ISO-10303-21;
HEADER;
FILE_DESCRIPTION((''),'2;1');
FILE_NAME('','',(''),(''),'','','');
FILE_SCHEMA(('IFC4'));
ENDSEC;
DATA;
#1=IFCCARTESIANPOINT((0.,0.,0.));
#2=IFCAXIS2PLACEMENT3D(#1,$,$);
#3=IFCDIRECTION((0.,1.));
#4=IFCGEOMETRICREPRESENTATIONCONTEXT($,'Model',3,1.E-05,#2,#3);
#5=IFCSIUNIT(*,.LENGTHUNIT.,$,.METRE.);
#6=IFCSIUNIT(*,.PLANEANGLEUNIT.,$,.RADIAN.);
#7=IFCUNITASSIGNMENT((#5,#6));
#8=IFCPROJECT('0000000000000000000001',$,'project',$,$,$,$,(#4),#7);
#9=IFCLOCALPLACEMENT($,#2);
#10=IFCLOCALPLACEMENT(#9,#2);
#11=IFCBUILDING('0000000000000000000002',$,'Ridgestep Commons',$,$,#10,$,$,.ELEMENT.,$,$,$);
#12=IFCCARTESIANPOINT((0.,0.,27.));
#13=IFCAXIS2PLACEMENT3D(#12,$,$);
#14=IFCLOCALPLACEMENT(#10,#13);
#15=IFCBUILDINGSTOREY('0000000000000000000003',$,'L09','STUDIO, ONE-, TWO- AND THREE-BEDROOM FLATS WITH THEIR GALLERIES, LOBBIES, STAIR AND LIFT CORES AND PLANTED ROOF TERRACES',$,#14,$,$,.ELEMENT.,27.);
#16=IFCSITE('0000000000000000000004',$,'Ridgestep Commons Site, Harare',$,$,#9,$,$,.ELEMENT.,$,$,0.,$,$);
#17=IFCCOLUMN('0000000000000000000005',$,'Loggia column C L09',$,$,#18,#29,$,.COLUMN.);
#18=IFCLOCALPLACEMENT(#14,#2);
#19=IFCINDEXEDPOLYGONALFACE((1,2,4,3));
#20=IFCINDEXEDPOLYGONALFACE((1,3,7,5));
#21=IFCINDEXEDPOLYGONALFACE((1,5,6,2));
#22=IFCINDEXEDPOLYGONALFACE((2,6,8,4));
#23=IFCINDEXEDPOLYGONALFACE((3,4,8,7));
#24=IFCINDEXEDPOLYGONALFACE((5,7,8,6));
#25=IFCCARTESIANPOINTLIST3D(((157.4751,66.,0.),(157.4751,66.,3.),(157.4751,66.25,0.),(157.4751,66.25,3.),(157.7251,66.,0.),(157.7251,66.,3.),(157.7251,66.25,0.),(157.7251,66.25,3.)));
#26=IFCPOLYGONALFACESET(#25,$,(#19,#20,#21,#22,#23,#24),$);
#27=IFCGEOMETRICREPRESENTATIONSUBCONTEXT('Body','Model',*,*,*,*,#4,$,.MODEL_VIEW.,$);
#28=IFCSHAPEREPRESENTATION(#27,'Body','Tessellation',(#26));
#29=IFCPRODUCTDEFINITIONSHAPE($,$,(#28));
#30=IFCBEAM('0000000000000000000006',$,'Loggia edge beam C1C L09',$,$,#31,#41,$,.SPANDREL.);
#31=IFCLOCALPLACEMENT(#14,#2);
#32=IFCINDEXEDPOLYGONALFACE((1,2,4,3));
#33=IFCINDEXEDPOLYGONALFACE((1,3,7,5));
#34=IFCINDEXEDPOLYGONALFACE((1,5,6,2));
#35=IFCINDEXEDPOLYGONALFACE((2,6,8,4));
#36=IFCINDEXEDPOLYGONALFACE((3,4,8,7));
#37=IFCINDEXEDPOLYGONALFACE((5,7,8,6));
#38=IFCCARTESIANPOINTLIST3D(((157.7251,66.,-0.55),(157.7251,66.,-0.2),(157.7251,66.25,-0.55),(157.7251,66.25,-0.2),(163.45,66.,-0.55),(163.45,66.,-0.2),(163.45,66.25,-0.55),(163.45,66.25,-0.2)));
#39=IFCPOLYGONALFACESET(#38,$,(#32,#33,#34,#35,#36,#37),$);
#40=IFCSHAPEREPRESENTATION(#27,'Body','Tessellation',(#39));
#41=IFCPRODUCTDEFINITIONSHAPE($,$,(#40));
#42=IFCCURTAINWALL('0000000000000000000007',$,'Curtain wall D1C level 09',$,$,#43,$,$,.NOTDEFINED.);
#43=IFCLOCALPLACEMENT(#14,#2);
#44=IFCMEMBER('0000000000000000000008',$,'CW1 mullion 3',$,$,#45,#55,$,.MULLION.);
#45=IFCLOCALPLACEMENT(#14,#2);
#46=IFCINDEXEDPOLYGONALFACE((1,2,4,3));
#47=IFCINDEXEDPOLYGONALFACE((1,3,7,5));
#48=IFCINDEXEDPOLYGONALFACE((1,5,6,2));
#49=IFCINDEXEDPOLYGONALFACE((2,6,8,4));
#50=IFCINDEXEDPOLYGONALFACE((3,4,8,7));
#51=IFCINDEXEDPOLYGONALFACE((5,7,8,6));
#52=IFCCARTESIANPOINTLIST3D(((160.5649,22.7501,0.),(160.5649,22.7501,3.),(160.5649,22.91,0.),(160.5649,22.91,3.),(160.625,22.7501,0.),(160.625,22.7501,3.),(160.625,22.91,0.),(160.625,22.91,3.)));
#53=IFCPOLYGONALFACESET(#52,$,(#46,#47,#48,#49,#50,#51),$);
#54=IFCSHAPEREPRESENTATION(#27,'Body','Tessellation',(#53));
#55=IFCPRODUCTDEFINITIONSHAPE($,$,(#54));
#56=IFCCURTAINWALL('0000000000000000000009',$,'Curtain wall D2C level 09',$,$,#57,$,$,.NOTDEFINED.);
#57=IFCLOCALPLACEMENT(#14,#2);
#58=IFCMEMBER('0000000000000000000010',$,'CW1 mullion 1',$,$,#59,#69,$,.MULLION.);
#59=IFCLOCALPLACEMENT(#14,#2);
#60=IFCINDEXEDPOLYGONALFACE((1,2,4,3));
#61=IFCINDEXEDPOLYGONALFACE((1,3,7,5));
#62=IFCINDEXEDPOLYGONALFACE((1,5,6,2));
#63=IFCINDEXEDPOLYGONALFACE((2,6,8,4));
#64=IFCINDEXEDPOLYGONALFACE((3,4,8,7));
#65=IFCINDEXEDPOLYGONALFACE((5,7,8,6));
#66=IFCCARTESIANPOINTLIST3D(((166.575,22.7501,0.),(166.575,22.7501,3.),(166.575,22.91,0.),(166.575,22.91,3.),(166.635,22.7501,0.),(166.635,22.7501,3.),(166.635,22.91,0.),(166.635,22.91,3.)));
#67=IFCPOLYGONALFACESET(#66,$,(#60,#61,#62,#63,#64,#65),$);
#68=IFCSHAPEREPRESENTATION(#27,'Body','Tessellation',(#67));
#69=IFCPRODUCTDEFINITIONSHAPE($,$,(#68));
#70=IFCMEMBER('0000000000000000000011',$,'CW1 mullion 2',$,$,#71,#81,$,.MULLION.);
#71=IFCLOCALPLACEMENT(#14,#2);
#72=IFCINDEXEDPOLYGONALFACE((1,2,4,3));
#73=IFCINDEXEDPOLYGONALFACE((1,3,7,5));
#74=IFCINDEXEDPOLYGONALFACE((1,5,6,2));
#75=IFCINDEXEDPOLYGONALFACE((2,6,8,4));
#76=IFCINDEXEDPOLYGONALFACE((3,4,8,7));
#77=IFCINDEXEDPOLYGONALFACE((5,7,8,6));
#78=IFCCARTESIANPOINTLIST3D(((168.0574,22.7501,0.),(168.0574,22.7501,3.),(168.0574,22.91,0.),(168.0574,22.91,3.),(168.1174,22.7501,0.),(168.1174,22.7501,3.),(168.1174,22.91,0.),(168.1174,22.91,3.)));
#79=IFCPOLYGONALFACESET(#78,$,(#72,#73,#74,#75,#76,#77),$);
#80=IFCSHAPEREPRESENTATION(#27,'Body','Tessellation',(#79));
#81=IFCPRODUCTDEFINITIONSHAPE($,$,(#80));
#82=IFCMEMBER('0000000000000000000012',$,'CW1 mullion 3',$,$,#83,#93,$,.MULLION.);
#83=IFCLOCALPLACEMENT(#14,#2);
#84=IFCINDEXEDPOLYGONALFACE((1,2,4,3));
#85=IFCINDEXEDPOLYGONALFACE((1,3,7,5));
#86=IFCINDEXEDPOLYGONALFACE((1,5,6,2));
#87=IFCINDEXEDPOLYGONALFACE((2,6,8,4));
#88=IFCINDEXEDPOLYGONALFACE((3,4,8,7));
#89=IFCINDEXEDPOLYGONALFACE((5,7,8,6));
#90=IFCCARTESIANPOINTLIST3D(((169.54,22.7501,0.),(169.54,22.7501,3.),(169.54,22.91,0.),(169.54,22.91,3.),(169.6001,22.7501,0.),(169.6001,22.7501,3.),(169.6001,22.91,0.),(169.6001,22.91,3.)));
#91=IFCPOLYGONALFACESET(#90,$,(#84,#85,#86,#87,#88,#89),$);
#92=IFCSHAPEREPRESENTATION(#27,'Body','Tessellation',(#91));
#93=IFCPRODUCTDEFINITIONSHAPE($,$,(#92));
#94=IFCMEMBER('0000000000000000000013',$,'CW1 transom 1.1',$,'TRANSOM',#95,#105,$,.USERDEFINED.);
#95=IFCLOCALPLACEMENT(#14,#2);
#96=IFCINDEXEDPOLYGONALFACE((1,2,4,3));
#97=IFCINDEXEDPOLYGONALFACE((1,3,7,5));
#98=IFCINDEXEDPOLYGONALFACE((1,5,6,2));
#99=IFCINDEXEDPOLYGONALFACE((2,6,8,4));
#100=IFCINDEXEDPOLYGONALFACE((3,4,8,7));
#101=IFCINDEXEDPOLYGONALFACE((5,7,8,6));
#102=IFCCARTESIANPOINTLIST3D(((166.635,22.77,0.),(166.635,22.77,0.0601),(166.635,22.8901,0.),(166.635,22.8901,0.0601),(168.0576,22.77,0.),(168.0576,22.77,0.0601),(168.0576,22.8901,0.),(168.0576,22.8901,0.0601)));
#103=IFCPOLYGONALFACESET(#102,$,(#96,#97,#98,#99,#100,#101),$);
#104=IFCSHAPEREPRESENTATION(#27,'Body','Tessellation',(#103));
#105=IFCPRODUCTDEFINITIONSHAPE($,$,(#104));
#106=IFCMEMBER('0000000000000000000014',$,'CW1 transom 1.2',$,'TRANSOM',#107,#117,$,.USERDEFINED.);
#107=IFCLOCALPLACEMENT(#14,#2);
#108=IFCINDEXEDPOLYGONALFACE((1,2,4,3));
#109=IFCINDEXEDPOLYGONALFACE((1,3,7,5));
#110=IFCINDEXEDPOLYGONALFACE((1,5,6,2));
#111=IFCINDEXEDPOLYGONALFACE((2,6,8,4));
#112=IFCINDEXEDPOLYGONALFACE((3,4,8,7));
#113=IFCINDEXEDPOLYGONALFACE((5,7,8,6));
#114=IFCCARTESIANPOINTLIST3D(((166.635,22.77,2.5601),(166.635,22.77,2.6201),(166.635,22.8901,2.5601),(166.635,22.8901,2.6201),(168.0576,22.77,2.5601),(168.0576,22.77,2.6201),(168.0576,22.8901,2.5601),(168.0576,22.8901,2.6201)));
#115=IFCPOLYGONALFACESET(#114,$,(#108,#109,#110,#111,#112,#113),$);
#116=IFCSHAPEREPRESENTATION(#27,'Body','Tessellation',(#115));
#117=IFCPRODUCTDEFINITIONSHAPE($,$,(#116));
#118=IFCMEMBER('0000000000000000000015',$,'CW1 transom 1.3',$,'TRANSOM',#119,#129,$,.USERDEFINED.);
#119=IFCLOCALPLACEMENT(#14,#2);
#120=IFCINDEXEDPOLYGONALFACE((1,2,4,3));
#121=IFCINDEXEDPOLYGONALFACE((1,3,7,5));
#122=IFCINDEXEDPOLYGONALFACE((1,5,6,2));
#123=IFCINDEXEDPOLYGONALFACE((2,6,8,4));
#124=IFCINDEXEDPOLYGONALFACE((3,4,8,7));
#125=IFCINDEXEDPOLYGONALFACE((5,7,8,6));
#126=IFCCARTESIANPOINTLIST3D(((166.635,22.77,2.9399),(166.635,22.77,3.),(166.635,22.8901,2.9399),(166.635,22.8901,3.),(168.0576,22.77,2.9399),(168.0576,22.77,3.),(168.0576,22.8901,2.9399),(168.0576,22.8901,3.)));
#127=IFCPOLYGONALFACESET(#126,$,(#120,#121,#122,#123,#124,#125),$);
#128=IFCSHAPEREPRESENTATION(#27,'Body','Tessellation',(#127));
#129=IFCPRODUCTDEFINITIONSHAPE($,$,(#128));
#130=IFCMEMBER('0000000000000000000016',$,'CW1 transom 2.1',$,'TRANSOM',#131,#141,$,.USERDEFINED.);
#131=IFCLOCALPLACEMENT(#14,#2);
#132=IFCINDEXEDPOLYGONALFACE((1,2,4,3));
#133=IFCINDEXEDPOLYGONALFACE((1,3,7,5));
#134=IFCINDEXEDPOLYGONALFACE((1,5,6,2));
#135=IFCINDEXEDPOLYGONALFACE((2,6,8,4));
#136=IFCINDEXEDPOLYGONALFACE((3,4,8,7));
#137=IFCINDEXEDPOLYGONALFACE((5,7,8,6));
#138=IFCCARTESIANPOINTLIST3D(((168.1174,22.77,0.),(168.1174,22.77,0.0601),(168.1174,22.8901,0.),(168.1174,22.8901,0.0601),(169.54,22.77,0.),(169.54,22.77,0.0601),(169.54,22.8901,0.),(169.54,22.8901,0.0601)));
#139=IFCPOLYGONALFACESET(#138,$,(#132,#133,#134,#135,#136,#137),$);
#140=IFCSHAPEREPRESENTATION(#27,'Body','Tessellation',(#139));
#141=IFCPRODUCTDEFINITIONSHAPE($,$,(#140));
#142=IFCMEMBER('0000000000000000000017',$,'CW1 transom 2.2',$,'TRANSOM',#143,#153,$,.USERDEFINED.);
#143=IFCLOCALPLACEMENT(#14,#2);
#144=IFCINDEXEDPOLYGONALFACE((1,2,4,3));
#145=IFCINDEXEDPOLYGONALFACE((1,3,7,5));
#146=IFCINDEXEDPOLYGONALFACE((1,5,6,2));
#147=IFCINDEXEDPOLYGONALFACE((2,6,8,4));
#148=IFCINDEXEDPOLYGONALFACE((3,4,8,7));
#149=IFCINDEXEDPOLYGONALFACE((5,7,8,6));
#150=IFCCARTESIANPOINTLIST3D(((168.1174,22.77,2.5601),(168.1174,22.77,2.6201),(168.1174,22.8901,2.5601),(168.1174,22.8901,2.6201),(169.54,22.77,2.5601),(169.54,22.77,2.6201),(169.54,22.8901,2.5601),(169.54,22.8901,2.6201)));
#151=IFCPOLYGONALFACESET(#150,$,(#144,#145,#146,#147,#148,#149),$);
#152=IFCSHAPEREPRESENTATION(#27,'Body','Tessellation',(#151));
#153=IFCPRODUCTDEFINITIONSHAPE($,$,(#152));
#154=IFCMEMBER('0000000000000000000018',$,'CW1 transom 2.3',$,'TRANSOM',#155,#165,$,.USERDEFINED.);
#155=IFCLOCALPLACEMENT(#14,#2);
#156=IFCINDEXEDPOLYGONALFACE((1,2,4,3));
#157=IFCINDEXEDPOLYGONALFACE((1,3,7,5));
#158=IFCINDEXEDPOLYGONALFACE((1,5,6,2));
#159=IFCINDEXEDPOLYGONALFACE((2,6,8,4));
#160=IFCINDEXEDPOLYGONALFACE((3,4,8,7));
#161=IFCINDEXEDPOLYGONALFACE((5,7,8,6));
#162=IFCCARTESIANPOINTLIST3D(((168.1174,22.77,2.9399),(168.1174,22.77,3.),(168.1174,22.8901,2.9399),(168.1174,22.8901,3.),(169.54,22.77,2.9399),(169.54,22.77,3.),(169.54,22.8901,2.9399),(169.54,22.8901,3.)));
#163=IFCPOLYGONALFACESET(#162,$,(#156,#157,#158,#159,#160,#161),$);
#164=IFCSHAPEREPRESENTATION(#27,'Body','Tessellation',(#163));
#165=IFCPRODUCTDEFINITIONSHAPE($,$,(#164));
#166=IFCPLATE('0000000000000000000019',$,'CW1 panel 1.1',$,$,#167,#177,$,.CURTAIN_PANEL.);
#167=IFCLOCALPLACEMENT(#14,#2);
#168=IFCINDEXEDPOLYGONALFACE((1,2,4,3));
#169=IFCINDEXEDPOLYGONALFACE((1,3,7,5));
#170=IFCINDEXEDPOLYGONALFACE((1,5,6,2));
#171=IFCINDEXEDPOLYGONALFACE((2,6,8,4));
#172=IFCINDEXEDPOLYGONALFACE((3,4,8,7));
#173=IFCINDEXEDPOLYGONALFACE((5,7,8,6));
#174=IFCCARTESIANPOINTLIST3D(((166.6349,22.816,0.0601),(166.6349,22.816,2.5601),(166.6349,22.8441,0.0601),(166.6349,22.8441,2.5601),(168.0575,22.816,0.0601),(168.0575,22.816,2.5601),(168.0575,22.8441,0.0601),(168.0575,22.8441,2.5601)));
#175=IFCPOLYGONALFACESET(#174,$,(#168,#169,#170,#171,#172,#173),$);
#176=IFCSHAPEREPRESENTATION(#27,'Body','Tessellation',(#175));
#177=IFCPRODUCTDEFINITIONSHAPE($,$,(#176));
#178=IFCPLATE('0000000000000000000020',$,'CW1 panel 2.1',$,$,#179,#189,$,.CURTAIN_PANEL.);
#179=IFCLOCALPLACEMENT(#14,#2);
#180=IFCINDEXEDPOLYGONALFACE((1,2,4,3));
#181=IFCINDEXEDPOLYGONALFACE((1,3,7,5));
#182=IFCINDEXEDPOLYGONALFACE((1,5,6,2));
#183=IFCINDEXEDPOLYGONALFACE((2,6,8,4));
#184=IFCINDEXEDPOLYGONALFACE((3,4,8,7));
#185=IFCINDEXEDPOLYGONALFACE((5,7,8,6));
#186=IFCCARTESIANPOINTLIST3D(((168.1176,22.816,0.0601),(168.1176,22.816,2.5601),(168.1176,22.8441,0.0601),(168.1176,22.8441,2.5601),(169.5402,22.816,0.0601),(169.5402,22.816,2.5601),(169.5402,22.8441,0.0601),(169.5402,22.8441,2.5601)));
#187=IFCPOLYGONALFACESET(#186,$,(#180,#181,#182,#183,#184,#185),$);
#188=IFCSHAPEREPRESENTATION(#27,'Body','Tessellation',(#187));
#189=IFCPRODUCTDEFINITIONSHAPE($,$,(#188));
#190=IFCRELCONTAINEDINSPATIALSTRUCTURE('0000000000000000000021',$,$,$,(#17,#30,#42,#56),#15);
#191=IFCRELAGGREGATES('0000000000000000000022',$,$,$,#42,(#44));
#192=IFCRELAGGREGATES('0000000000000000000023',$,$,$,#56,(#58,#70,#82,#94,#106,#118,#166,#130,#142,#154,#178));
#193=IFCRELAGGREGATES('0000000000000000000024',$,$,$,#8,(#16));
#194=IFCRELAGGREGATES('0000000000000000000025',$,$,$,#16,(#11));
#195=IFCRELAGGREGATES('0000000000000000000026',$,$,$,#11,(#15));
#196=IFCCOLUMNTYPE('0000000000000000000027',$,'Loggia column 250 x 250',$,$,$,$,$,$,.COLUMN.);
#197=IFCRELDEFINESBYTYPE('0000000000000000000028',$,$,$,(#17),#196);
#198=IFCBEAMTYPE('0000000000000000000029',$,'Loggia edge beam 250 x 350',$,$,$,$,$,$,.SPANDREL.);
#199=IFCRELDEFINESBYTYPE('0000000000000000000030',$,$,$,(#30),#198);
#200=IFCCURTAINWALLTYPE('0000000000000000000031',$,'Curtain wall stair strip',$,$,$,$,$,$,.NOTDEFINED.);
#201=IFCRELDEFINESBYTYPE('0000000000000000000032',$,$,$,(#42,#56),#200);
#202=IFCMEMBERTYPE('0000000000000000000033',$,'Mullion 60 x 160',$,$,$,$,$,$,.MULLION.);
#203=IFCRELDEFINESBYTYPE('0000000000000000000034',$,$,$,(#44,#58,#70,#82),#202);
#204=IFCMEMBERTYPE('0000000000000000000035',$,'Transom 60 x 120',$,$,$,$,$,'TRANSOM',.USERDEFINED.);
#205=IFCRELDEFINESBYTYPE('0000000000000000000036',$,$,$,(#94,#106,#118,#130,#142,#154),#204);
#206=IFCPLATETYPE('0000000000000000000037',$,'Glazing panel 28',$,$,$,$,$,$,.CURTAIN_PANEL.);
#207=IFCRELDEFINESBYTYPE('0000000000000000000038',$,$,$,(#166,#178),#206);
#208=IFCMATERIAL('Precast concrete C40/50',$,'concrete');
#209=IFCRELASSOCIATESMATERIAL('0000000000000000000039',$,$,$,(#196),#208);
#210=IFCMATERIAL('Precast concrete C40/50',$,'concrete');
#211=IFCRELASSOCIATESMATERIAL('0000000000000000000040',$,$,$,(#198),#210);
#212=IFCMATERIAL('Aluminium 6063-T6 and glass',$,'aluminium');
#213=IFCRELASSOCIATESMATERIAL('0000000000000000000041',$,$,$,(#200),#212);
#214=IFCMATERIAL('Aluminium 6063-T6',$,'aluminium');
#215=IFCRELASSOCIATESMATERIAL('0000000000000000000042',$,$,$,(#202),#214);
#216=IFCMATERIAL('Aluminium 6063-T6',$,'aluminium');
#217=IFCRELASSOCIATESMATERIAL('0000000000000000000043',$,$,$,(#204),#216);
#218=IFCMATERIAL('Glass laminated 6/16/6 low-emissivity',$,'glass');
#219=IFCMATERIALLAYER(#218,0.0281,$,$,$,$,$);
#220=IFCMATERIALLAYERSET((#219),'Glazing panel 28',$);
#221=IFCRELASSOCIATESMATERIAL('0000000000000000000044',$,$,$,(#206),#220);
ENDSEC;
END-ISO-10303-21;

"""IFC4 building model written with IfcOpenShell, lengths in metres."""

from ifc_helpers import new_model, si_unit, direction, frame, origin, origin_2d, place, context, subcontext, project, spatial, rectangle, extrude, material, layer, layer_set, material_profile, profile_set, type_object, element, aggregate, save


model = new_model("IFC4")

# Units and contexts
model_context = context("Model", 3, precision=1e-05, world=origin(), true_north=direction((0.0, 1.0)))
body_context = subcontext(model_context, "Body", "Model", "MODEL_VIEW")
ifc_project = project(units=[si_unit("LENGTHUNIT", "METRE"), si_unit("PLANEANGLEUNIT", "RADIAN")], contexts=[model_context])

# Site, building, storey
site_placement = place(None, origin())
site = spatial("IfcSite", under=ifc_project, at=site_placement, Name="Ridgestep Commons Site, Harare", CompositionType="ELEMENT", RefElevation=0.0)
building_placement = place(site_placement, origin())
building = spatial("IfcBuilding", under=site, at=building_placement, Name="Ridgestep Commons", CompositionType="ELEMENT")
storey_placement = place(building_placement, frame((0.0, 0.0, 27.0)))
storey = spatial("IfcBuildingStorey", under=building, at=storey_placement, Name="L09", Description="STUDIO, ONE-, TWO- AND THREE-BEDROOM FLATS WITH THEIR GALLERIES, LOBBIES, STAIR AND LIFT CORES AND PLANTED ROOF TERRACES", CompositionType="ELEMENT", Elevation=27.0)

# Column
ifc_material_1 = material(Name="Precast concrete C40/50", Category="concrete")
ifc_material_profile_1 = material_profile(ifc_material_1, rectangle(XDim=0.25, YDim=0.25, at=origin_2d()), Name="PC 250x250")
ifc_profile_set_1 = profile_set([ifc_material_profile_1], Name="Precast concrete C40/50")
column_type = type_object("IfcColumnType", Name="Loggia column 250 x 250", PredefinedType="COLUMN", material=ifc_profile_set_1)
column_placement = place(storey_placement, frame((157.6001, 66.125, 0.0), z_axis=(0.0, 0.0, 1.0), x_axis=(1.0, 0.0, 0.0)))
element("IfcColumn", 1, at=column_placement, inside=storey, type_object=column_type, Name="Loggia column C L09", PredefinedType="COLUMN", context=body_context, shape_type="SweptSolid", body=[
    extrude(rectangle(XDim=0.25, YDim=0.25, at=origin_2d()), origin(), (0.0, 0.0, 1.0), 3.0),
])

# Beam
ifc_material_2 = material(Name="Precast concrete C40/50", Category="concrete")
ifc_material_profile_2 = material_profile(ifc_material_2, rectangle(XDim=0.25, YDim=0.3501, at=origin_2d()), Name="PC 250x350")
ifc_profile_set_2 = profile_set([ifc_material_profile_2], Name="Precast concrete C40/50")
beam_type = type_object("IfcBeamType", Name="Loggia edge beam 250 x 350", PredefinedType="SPANDREL", material=ifc_profile_set_2)
beam_placement = place(storey_placement, frame((157.7251, 66.125, -0.375), z_axis=(1.0, 0.0, 0.0), x_axis=(0.0, 1.0, 0.0)))
element("IfcBeam", 2, at=beam_placement, inside=storey, type_object=beam_type, Name="Loggia edge beam C1C L09", PredefinedType="SPANDREL", context=body_context, shape_type="SweptSolid", body=[
    extrude(rectangle(XDim=0.25, YDim=0.3501, at=origin_2d()), origin(), (0.0, 0.0, 1.0), 5.7249),
])

# Curtain wall, member
ifc_material_3 = material(Name="Aluminium 6063-T6 and glass", Category="aluminium")
curtain_wall_type = type_object("IfcCurtainWallType", Name="Curtain wall stair strip", PredefinedType="NOTDEFINED", material=ifc_material_3)
curtain_wall_1_placement = place(storey_placement, origin())
curtain_wall_1 = element("IfcCurtainWall", 3, at=curtain_wall_1_placement, inside=storey, type_object=curtain_wall_type, Name="Curtain wall D1C level 09", PredefinedType="NOTDEFINED")
ifc_material_4 = material(Name="Aluminium 6063-T6", Category="aluminium")
ifc_material_profile_3 = material_profile(ifc_material_4, rectangle(XDim=0.1599, YDim=0.0601, at=origin_2d()), Name="Mullion 60 x 160")
ifc_profile_set_3 = profile_set([ifc_material_profile_3], Name="Aluminium 6063-T6")
member_type_1 = type_object("IfcMemberType", Name="Mullion 60 x 160", PredefinedType="MULLION", material=ifc_profile_set_3)
member_1_placement = place(storey_placement, frame((160.595, 22.8301, 0.0), z_axis=(0.0, 0.0, 1.0), x_axis=(0.0, 1.0, 0.0)))
member_1 = element("IfcMember", 4, at=member_1_placement, type_object=member_type_1, Name="CW1 mullion 3", PredefinedType="MULLION", context=body_context, shape_type="SweptSolid", body=[
    extrude(rectangle(XDim=0.1599, YDim=0.0601, at=origin_2d()), origin(), (0.0, 0.0, 1.0), 3.0),
])

# Curtain wall, members, plates
curtain_wall_2_placement = place(storey_placement, origin())
curtain_wall_2 = element("IfcCurtainWall", 5, at=curtain_wall_2_placement, inside=storey, type_object=curtain_wall_type, Name="Curtain wall D2C level 09", PredefinedType="NOTDEFINED")
member_2_placement = place(storey_placement, frame((166.605, 22.8301, 0.0), z_axis=(0.0, 0.0, 1.0), x_axis=(0.0, 1.0, 0.0)))
member_2 = element("IfcMember", 6, at=member_2_placement, type_object=member_type_1, Name="CW1 mullion 1", PredefinedType="MULLION", context=body_context, shape_type="SweptSolid", body=[
    extrude(rectangle(XDim=0.1599, YDim=0.0601, at=origin_2d()), origin(), (0.0, 0.0, 1.0), 3.0),
])
member_3_placement = place(storey_placement, frame((168.0874, 22.8301, 0.0), z_axis=(0.0, 0.0, 1.0), x_axis=(0.0, 1.0, 0.0)))
member_3 = element("IfcMember", 7, at=member_3_placement, type_object=member_type_1, Name="CW1 mullion 2", PredefinedType="MULLION", context=body_context, shape_type="SweptSolid", body=[
    extrude(rectangle(XDim=0.1599, YDim=0.0601, at=origin_2d()), origin(), (0.0, 0.0, 1.0), 3.0),
])
member_4_placement = place(storey_placement, frame((169.5701, 22.8301, 0.0), z_axis=(0.0, 0.0, 1.0), x_axis=(0.0, 1.0, 0.0)))
member_4 = element("IfcMember", 8, at=member_4_placement, type_object=member_type_1, Name="CW1 mullion 3", PredefinedType="MULLION", context=body_context, shape_type="SweptSolid", body=[
    extrude(rectangle(XDim=0.1599, YDim=0.0601, at=origin_2d()), origin(), (0.0, 0.0, 1.0), 3.0),
])
ifc_material_5 = material(Name="Aluminium 6063-T6", Category="aluminium")
ifc_material_profile_4 = material_profile(ifc_material_5, rectangle(XDim=0.1201, YDim=0.0601, at=origin_2d()), Name="Transom 60 x 120")
ifc_profile_set_4 = profile_set([ifc_material_profile_4], Name="Aluminium 6063-T6")
member_type_2 = type_object("IfcMemberType", Name="Transom 60 x 120", ElementType="TRANSOM", PredefinedType="USERDEFINED", material=ifc_profile_set_4)
member_5_placement = place(storey_placement, frame((166.635, 22.8301, 0.03), z_axis=(1.0, 0.0, 0.0), x_axis=(0.0, 1.0, 0.0)))
member_5 = element("IfcMember", 9, at=member_5_placement, type_object=member_type_2, Name="CW1 transom 1.1", ObjectType="TRANSOM", PredefinedType="USERDEFINED", context=body_context, shape_type="SweptSolid", body=[
    extrude(rectangle(XDim=0.1201, YDim=0.0601, at=origin_2d()), origin(), (0.0, 0.0, 1.0), 1.4226),
])
member_6_placement = place(storey_placement, frame((166.635, 22.8301, 2.5901), z_axis=(1.0, 0.0, 0.0), x_axis=(0.0, 1.0, 0.0)))
member_6 = element("IfcMember", 10, at=member_6_placement, type_object=member_type_2, Name="CW1 transom 1.2", ObjectType="TRANSOM", PredefinedType="USERDEFINED", context=body_context, shape_type="SweptSolid", body=[
    extrude(rectangle(XDim=0.1201, YDim=0.0601, at=origin_2d()), origin(), (0.0, 0.0, 1.0), 1.4226),
])
member_7_placement = place(storey_placement, frame((166.635, 22.8301, 2.97), z_axis=(1.0, 0.0, 0.0), x_axis=(0.0, 1.0, 0.0)))
member_7 = element("IfcMember", 11, at=member_7_placement, type_object=member_type_2, Name="CW1 transom 1.3", ObjectType="TRANSOM", PredefinedType="USERDEFINED", context=body_context, shape_type="SweptSolid", body=[
    extrude(rectangle(XDim=0.1201, YDim=0.0601, at=origin_2d()), origin(), (0.0, 0.0, 1.0), 1.4226),
])
member_8_placement = place(storey_placement, frame((168.1174, 22.8301, 0.03), z_axis=(1.0, 0.0, 0.0), x_axis=(0.0, 1.0, 0.0)))
member_8 = element("IfcMember", 12, at=member_8_placement, type_object=member_type_2, Name="CW1 transom 2.1", ObjectType="TRANSOM", PredefinedType="USERDEFINED", context=body_context, shape_type="SweptSolid", body=[
    extrude(rectangle(XDim=0.1201, YDim=0.0601, at=origin_2d()), origin(), (0.0, 0.0, 1.0), 1.4226),
])
member_9_placement = place(storey_placement, frame((168.1174, 22.8301, 2.5901), z_axis=(1.0, 0.0, 0.0), x_axis=(0.0, 1.0, 0.0)))
member_9 = element("IfcMember", 13, at=member_9_placement, type_object=member_type_2, Name="CW1 transom 2.2", ObjectType="TRANSOM", PredefinedType="USERDEFINED", context=body_context, shape_type="SweptSolid", body=[
    extrude(rectangle(XDim=0.1201, YDim=0.0601, at=origin_2d()), origin(), (0.0, 0.0, 1.0), 1.4226),
])
member_10_placement = place(storey_placement, frame((168.1174, 22.8301, 2.97), z_axis=(1.0, 0.0, 0.0), x_axis=(0.0, 1.0, 0.0)))
member_10 = element("IfcMember", 14, at=member_10_placement, type_object=member_type_2, Name="CW1 transom 2.3", ObjectType="TRANSOM", PredefinedType="USERDEFINED", context=body_context, shape_type="SweptSolid", body=[
    extrude(rectangle(XDim=0.1201, YDim=0.0601, at=origin_2d()), origin(), (0.0, 0.0, 1.0), 1.4226),
])
ifc_material_6 = material(Name="Glass laminated 6/16/6 low-emissivity", Category="glass")
ifc_layer_1 = layer(ifc_material_6, 0.0281)
ifc_layer_set_1 = layer_set([ifc_layer_1], Name="Glazing panel 28")
plate_type_1 = type_object("IfcPlateType", Name="Glazing panel 28", PredefinedType="CURTAIN_PANEL", material=ifc_layer_set_1)
plate_1_placement = place(storey_placement, frame((167.3462, 22.8301, 0.0601), z_axis=(0.0, 0.0, 1.0), x_axis=(1.0, 0.0, 0.0)))
plate_1 = element("IfcPlate", 15, at=plate_1_placement, type_object=plate_type_1, Name="CW1 panel 1.1", PredefinedType="CURTAIN_PANEL", context=body_context, shape_type="SweptSolid", body=[
    extrude(rectangle(XDim=1.4226, YDim=0.0281, at=origin_2d()), origin(), (0.0, 0.0, 1.0), 2.5),
])
plate_2_placement = place(storey_placement, frame((168.8289, 22.8301, 0.0601), z_axis=(0.0, 0.0, 1.0), x_axis=(1.0, 0.0, 0.0)))
plate_2 = element("IfcPlate", 16, at=plate_2_placement, type_object=plate_type_1, Name="CW1 panel 2.1", PredefinedType="CURTAIN_PANEL", context=body_context, shape_type="SweptSolid", body=[
    extrude(rectangle(XDim=1.4226, YDim=0.0281, at=origin_2d()), origin(), (0.0, 0.0, 1.0), 2.5),
])

aggregate(curtain_wall_1, [member_1])
aggregate(curtain_wall_2, [member_2, member_3, member_4, member_5, member_6, member_7, plate_1, member_8, member_9, member_10, plate_2])

save(model, "model.ifc")
